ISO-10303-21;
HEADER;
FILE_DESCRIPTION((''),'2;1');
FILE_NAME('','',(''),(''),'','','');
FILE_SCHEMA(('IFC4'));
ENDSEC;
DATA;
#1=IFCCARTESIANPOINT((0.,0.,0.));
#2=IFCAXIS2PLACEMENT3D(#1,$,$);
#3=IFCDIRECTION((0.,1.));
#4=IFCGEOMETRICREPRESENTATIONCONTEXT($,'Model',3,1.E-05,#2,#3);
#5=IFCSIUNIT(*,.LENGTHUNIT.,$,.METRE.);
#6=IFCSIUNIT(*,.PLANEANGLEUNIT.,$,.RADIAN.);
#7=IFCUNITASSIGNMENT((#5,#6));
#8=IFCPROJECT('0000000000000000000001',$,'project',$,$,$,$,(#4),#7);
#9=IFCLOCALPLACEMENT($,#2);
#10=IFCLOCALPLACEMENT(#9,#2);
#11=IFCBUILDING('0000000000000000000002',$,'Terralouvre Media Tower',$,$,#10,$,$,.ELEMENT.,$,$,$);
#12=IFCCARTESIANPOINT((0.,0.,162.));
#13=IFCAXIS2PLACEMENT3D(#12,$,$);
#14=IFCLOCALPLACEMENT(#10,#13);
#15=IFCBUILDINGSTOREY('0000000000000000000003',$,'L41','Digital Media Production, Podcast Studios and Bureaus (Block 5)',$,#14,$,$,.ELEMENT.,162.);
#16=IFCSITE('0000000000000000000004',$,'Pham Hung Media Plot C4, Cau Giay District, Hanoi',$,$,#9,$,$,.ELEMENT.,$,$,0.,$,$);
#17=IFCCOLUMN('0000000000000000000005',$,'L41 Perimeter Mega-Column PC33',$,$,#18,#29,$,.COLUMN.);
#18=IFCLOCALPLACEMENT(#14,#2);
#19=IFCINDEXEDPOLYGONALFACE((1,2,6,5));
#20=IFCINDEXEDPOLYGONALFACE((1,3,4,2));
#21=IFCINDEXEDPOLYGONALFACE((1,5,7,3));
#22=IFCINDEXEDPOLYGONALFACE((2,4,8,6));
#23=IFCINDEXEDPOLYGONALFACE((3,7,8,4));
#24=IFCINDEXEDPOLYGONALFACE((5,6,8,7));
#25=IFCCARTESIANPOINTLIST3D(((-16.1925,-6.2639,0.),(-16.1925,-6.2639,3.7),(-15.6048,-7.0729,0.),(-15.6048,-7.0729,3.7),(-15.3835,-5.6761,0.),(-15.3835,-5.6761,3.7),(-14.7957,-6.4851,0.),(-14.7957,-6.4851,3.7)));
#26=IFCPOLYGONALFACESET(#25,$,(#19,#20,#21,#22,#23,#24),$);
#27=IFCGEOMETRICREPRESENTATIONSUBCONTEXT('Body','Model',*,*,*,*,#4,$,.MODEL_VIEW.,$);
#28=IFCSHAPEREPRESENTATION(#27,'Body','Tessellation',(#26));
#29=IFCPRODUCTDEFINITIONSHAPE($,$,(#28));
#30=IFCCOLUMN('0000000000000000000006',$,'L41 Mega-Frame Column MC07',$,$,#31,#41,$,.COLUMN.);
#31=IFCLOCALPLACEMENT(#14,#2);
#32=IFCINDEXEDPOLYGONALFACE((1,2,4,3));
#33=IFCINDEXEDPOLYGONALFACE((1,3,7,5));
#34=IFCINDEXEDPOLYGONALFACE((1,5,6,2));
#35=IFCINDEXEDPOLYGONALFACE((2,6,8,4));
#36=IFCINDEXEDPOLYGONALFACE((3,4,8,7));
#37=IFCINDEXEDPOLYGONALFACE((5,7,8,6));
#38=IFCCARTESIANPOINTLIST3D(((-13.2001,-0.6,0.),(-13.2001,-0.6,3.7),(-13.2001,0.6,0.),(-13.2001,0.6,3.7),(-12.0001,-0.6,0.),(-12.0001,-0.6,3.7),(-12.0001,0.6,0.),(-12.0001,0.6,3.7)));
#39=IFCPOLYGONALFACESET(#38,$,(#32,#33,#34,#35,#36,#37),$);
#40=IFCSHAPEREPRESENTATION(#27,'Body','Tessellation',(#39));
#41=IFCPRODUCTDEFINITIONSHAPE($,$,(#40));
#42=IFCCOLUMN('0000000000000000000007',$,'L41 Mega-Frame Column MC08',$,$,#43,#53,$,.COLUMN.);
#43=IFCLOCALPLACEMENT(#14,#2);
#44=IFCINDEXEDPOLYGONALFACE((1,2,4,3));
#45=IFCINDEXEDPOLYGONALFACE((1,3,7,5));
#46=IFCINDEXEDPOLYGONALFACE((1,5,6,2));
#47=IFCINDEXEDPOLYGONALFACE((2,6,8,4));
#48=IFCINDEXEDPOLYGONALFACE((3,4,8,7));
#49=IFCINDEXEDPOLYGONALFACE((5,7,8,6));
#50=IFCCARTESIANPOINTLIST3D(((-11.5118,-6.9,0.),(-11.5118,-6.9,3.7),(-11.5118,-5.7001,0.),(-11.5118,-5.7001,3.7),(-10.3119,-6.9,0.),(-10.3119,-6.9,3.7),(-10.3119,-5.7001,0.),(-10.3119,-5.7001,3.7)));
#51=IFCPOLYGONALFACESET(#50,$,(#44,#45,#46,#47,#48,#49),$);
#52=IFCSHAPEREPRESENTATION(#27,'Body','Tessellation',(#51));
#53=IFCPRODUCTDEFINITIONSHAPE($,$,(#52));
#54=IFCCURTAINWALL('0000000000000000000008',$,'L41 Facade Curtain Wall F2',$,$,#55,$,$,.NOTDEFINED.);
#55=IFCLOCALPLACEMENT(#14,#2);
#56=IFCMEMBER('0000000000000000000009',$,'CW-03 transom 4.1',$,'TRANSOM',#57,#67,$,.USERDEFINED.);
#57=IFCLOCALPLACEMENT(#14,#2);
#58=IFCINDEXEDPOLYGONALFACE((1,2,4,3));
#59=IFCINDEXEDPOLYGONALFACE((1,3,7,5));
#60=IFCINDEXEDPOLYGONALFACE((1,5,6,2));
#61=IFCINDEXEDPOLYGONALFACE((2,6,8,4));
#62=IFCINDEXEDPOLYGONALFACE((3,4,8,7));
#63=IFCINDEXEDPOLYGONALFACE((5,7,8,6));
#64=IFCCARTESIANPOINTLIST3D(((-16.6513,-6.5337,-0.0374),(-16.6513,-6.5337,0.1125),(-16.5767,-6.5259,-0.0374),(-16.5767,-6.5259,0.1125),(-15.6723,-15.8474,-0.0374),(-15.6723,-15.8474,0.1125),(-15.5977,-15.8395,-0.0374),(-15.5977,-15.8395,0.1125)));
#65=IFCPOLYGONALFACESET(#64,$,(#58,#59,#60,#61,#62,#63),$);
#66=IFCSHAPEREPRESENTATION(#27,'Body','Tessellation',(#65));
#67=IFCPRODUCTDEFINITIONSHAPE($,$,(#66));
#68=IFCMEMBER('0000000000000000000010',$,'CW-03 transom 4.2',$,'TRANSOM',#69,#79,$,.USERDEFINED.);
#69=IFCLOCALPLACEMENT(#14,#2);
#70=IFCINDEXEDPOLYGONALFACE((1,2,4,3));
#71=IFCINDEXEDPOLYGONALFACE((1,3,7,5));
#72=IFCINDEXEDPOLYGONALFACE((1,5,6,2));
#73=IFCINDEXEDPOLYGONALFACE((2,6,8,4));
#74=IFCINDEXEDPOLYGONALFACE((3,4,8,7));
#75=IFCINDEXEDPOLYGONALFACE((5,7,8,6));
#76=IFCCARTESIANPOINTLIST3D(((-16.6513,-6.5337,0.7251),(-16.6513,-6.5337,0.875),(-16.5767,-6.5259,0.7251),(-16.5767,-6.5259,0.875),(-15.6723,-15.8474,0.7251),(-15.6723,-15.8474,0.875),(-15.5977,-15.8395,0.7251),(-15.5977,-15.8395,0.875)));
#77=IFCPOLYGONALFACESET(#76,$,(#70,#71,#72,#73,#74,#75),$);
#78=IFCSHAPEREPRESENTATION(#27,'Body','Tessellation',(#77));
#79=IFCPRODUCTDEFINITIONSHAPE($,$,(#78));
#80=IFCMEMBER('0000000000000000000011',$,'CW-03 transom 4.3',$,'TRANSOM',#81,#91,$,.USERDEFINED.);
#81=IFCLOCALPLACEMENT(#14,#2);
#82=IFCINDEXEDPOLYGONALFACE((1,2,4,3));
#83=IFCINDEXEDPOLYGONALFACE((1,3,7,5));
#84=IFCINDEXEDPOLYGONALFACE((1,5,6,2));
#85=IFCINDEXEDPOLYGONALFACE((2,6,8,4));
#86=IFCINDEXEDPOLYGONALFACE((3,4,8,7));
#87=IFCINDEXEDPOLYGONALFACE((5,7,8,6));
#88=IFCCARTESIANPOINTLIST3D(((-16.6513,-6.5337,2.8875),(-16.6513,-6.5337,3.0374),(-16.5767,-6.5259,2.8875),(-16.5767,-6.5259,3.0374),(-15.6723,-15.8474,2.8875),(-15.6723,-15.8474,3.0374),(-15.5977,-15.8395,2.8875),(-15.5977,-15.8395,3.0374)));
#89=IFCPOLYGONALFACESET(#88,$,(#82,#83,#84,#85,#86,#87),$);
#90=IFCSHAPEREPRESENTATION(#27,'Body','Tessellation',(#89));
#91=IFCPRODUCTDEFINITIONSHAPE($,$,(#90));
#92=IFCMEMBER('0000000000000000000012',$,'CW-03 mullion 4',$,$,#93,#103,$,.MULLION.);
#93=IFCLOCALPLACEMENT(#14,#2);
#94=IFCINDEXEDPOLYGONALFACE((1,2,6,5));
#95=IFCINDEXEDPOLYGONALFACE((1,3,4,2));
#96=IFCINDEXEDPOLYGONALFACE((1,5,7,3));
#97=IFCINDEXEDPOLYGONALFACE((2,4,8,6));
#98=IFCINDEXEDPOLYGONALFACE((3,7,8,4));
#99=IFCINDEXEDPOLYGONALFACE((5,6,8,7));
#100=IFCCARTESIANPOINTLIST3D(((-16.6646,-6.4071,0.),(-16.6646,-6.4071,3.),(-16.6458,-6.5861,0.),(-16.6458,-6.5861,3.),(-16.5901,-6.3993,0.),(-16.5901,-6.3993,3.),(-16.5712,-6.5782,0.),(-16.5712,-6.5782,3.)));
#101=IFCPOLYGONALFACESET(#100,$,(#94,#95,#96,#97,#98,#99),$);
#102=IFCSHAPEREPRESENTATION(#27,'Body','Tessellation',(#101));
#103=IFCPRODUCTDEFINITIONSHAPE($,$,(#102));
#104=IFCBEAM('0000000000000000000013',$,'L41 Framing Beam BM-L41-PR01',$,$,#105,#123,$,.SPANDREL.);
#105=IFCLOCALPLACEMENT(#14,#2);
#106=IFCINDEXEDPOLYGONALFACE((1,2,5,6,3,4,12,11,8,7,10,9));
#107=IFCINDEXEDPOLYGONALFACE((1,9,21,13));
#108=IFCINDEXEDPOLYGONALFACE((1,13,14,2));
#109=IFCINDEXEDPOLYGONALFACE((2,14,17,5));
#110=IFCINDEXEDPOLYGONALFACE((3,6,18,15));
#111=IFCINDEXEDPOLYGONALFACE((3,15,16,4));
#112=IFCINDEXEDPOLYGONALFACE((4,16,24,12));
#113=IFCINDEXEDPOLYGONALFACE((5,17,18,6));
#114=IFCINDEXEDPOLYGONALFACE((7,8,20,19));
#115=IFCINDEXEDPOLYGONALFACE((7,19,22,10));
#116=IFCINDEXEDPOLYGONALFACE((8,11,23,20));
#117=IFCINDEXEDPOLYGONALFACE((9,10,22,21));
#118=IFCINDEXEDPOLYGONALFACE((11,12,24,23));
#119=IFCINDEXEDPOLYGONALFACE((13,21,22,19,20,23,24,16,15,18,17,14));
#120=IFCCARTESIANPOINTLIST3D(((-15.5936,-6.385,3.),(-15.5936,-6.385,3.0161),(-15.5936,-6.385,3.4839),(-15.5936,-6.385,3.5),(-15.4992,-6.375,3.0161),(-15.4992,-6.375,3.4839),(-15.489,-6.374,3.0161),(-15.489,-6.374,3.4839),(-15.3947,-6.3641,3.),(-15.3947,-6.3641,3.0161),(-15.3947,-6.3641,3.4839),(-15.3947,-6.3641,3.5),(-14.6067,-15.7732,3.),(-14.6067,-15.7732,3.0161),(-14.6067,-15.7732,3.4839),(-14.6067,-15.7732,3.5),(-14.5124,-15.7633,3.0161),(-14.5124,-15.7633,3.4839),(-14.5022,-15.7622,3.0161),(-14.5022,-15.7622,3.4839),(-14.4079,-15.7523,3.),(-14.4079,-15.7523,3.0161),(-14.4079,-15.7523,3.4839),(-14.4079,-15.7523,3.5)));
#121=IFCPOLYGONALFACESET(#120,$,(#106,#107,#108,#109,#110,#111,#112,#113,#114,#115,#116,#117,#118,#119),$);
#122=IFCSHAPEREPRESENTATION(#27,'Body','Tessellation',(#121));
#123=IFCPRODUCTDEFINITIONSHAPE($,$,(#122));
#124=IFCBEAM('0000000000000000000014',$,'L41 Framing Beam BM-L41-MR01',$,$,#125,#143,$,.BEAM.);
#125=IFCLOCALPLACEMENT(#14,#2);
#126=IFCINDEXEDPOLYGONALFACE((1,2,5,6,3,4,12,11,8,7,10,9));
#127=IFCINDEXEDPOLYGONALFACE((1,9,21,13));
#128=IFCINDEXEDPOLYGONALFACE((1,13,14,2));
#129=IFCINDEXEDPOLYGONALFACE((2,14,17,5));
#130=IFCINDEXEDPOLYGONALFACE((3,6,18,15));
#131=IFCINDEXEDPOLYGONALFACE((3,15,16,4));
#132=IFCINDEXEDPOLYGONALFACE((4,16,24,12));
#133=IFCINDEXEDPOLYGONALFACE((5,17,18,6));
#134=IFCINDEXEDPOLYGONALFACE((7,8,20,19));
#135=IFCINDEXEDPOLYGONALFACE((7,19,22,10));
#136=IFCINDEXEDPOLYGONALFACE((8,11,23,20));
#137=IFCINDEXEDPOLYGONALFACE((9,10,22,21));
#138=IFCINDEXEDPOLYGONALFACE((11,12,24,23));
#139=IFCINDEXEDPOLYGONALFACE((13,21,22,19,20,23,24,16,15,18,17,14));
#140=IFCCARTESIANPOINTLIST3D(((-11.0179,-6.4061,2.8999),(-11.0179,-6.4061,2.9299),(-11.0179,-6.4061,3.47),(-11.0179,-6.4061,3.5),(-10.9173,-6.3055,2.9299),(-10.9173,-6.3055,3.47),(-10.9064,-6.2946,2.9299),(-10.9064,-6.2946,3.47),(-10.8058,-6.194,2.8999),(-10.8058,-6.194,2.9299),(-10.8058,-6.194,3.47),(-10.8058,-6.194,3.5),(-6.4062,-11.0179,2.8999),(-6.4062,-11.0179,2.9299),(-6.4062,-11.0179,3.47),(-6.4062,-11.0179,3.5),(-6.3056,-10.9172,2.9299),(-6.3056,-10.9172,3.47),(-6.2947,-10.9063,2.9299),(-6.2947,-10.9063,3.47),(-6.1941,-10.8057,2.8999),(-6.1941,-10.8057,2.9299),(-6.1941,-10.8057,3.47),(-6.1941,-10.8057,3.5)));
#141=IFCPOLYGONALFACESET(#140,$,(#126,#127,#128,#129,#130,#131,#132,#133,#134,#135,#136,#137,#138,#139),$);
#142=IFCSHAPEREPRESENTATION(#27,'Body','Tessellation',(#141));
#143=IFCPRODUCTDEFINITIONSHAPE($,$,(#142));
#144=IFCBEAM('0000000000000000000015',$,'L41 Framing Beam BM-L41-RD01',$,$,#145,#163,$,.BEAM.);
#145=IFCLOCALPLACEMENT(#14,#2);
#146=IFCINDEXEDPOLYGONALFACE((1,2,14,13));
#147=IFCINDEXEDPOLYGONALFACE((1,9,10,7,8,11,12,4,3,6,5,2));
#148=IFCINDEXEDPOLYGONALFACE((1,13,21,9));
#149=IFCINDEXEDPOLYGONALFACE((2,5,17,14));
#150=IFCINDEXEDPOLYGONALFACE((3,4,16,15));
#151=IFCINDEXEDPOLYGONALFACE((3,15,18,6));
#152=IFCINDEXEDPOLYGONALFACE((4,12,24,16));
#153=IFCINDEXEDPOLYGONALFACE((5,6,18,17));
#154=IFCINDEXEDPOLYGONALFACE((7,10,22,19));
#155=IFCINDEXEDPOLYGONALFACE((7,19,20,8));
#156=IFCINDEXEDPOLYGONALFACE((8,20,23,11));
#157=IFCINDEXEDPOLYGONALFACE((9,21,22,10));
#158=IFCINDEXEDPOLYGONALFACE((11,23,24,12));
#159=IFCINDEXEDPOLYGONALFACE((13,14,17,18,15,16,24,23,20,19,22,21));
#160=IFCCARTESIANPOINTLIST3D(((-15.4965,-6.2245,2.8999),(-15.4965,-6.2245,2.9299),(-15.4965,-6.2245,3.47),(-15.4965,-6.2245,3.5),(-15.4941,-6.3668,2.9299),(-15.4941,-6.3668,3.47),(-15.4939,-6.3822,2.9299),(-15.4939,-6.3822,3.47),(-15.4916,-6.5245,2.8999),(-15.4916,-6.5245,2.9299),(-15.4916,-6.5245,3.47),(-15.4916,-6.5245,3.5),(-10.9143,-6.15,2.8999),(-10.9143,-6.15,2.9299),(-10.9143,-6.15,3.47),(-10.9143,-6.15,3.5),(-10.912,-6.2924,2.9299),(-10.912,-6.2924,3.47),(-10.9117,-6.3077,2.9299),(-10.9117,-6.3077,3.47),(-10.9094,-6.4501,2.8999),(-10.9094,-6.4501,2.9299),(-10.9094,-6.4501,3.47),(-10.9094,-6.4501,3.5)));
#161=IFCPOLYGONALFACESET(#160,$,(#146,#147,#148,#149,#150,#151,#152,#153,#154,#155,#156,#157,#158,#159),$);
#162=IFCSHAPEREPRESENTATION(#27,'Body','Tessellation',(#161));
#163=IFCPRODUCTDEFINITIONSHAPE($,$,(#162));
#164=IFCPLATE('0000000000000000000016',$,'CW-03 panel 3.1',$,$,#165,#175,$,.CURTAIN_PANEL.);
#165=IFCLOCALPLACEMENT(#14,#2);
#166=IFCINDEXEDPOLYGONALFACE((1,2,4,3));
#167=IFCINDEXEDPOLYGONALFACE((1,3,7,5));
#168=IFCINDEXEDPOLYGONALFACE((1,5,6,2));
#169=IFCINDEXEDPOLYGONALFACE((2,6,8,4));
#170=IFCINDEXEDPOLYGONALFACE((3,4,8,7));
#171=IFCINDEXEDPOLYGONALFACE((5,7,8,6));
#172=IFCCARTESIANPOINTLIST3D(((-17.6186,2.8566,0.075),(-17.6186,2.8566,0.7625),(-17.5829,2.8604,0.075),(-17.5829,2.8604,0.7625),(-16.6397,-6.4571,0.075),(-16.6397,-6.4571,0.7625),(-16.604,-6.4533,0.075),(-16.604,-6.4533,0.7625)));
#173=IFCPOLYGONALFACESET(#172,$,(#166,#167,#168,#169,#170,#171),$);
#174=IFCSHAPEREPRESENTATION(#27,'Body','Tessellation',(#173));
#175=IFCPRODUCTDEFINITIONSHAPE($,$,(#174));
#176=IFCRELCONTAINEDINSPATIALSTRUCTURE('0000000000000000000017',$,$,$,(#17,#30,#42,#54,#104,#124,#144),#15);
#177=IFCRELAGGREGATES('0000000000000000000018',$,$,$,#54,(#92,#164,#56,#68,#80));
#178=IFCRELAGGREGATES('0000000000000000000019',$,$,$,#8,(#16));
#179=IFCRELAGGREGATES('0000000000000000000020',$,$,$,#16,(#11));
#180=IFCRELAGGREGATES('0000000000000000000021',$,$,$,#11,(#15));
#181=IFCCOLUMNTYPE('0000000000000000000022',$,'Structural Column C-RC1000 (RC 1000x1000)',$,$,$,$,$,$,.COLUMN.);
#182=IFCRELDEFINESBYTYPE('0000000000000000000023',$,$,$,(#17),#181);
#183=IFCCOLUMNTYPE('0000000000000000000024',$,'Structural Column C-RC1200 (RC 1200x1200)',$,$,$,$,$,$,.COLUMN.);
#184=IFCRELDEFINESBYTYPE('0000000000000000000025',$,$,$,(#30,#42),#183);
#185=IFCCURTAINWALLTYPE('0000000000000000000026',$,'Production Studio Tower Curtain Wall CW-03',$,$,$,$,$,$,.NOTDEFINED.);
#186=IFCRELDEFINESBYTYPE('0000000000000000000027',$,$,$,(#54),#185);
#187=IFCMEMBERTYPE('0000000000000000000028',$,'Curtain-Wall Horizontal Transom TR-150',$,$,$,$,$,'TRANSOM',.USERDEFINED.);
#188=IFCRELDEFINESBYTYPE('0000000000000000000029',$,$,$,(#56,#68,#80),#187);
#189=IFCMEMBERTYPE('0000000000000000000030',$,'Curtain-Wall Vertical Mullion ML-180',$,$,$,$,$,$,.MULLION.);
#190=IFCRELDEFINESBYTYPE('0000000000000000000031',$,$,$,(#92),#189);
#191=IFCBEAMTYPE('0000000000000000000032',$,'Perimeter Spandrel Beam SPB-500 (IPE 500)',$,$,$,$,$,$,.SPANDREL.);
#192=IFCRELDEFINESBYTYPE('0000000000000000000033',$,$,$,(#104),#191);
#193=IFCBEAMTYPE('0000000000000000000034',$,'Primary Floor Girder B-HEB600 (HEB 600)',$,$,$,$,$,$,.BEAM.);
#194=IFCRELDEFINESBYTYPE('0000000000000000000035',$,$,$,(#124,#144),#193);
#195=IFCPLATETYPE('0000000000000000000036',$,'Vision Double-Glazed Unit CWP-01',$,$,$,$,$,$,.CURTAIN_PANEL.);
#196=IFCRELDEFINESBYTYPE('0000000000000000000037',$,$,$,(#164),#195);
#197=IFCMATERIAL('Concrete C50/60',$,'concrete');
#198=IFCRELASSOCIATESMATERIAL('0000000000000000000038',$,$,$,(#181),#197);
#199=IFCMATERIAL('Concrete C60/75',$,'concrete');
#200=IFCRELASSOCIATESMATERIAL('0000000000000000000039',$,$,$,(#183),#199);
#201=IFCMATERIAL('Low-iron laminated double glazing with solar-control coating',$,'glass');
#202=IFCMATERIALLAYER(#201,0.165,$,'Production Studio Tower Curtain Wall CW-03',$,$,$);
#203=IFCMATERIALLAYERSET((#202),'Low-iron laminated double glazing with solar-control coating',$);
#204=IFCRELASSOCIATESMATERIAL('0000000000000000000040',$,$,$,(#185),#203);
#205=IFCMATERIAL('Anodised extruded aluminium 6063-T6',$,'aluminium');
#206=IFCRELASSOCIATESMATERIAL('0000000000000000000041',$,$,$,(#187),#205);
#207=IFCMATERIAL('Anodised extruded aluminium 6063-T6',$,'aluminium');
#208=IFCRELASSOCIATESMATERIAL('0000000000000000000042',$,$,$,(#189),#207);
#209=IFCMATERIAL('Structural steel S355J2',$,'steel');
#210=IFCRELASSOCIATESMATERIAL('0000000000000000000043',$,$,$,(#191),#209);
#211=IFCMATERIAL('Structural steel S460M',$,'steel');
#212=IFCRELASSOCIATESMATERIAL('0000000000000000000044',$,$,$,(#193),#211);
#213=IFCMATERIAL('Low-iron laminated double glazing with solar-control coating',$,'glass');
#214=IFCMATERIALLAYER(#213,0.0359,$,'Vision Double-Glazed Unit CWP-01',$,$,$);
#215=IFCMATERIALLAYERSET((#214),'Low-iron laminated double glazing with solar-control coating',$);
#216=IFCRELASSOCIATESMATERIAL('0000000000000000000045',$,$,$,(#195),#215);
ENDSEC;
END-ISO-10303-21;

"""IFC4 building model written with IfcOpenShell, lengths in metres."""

from ifc_helpers import new_model, si_unit, direction, frame, origin, origin_2d, place, context, subcontext, project, spatial, rectangle, i_section, extrude, material, layer, layer_set, material_profile, profile_set, type_object, element, aggregate, save


model = new_model("IFC4")

# Units and contexts
model_context = context("Model", 3, precision=1e-05, world=origin(), true_north=direction((0.0, 1.0)))
body_context = subcontext(model_context, "Body", "Model", "MODEL_VIEW")
ifc_project = project(units=[si_unit("LENGTHUNIT", "METRE"), si_unit("PLANEANGLEUNIT", "RADIAN")], contexts=[model_context])

# Site, building, storey
site_placement = place(None, origin())
site = spatial("IfcSite", under=ifc_project, at=site_placement, Name="Pham Hung Media Plot C4, Cau Giay District, Hanoi", CompositionType="ELEMENT", RefElevation=0.0)
building_placement = place(site_placement, origin())
building = spatial("IfcBuilding", under=site, at=building_placement, Name="Terralouvre Media Tower", CompositionType="ELEMENT")
storey_placement = place(building_placement, frame((0.0, 0.0, 162.0)))
storey = spatial("IfcBuildingStorey", under=building, at=storey_placement, Name="L41", Description="Digital Media Production, Podcast Studios and Bureaus (Block 5)", CompositionType="ELEMENT", Elevation=162.0)

# Columns
ifc_material_1 = material(Name="Concrete C50/60", Category="concrete")
ifc_material_profile_1 = material_profile(ifc_material_1, rectangle(XDim=1.0, YDim=1.0, at=origin_2d()), Name="RC 1000x1000")
ifc_profile_set_1 = profile_set([ifc_material_profile_1], Name="Concrete C50/60")
column_type_1 = type_object("IfcColumnType", Name="Structural Column C-RC1000 (RC 1000x1000)", PredefinedType="COLUMN", material=ifc_profile_set_1)
column_placement = place(storey_placement, frame((-15.4941, -6.3745, 0.0), z_axis=(0.0, 0.0, 1.0), x_axis=(0.809017, 0.587785, 0.0)))
element("IfcColumn", 1, at=column_placement, inside=storey, type_object=column_type_1, Name="L41 Perimeter Mega-Column PC33", PredefinedType="COLUMN", context=body_context, shape_type="SweptSolid", body=[
    extrude(rectangle(XDim=1.0, YDim=1.0, at=origin_2d()), origin(), (0.0, 0.0, 1.0), 3.7),
])
ifc_material_2 = material(Name="Concrete C60/75", Category="concrete")
ifc_material_profile_2 = material_profile(ifc_material_2, rectangle(XDim=1.2, YDim=1.2, at=origin_2d()), Name="RC 1200x1200")
ifc_profile_set_2 = profile_set([ifc_material_profile_2], Name="Concrete C60/75")
column_type_2 = type_object("IfcColumnType", Name="Structural Column C-RC1200 (RC 1200x1200)", PredefinedType="COLUMN", material=ifc_profile_set_2)
for number, where, z_axis, x_axis, name in (
    (2, (-12.6001, 0.0, 0.0), (0.0, 0.0, 1.0), (1.0, 0.0, 0.0), "L41 Mega-Frame Column MC07"),
    (3, (-10.9119, -6.3, 0.0), (0.0, 0.0, 1.0), (1.0, 0.0, 0.0), "L41 Mega-Frame Column MC08"),
):
    element("IfcColumn", number, at=place(storey_placement, frame(where, z_axis=z_axis, x_axis=x_axis)), inside=storey, type_object=column_type_2, Name=name, PredefinedType="COLUMN", context=body_context, shape_type="SweptSolid", body=[
        extrude(rectangle(XDim=1.2, YDim=1.2, at=origin_2d()), origin(), (0.0, 0.0, 1.0), 3.7),
    ])

# Curtain wall, members
ifc_material_3 = material(Name="Low-iron laminated double glazing with solar-control coating", Category="glass")
ifc_layer_1 = layer(ifc_material_3, 0.165, Name="Production Studio Tower Curtain Wall CW-03")
ifc_layer_set_1 = layer_set([ifc_layer_1], Name="Low-iron laminated double glazing with solar-control coating")
curtain_wall_type = type_object("IfcCurtainWallType", Name="Production Studio Tower Curtain Wall CW-03", PredefinedType="NOTDEFINED", material=ifc_layer_set_1)
curtain_wall_placement = place(storey_placement, origin())
curtain_wall = element("IfcCurtainWall", 4, at=curtain_wall_placement, inside=storey, type_object=curtain_wall_type, Name="L41 Facade Curtain Wall F2", PredefinedType="NOTDEFINED")
ifc_material_4 = material(Name="Anodised extruded aluminium 6063-T6", Category="aluminium")
ifc_material_profile_3 = material_profile(ifc_material_4, rectangle(XDim=0.075, YDim=0.1499, at=origin_2d()), Name="ALU 75x150")
ifc_profile_set_3 = profile_set([ifc_material_profile_3], Name="Anodised extruded aluminium 6063-T6")
member_type_1 = type_object("IfcMemberType", Name="Curtain-Wall Horizontal Transom TR-150", ElementType="TRANSOM", PredefinedType="USERDEFINED", material=ifc_profile_set_3)
member_1_placement = place(storey_placement, frame((-16.614, -6.5298, 0.0376), z_axis=(0.104538, -0.994521, 0.0), x_axis=(0.994521, 0.104538, 0.0)))
member_1 = element("IfcMember", 5, at=member_1_placement, type_object=member_type_1, Name="CW-03 transom 4.1", ObjectType="TRANSOM", PredefinedType="USERDEFINED", context=body_context, shape_type="SweptSolid", body=[
    extrude(rectangle(XDim=0.075, YDim=0.1499, at=origin_2d()), origin(), (0.0, 0.0, 1.0), 9.365),
])
member_2_placement = place(storey_placement, frame((-16.614, -6.5298, 0.8), z_axis=(0.104538, -0.994521, 0.0), x_axis=(0.994521, 0.104538, 0.0)))
member_2 = element("IfcMember", 6, at=member_2_placement, type_object=member_type_1, Name="CW-03 transom 4.2", ObjectType="TRANSOM", PredefinedType="USERDEFINED", context=body_context, shape_type="SweptSolid", body=[
    extrude(rectangle(XDim=0.075, YDim=0.1499, at=origin_2d()), origin(), (0.0, 0.0, 1.0), 9.365),
])
member_3_placement = place(storey_placement, frame((-16.614, -6.5298, 2.9624), z_axis=(0.104538, -0.994521, 0.0), x_axis=(0.994521, 0.104538, 0.0)))
member_3 = element("IfcMember", 7, at=member_3_placement, type_object=member_type_1, Name="CW-03 transom 4.3", ObjectType="TRANSOM", PredefinedType="USERDEFINED", context=body_context, shape_type="SweptSolid", body=[
    extrude(rectangle(XDim=0.075, YDim=0.1499, at=origin_2d()), origin(), (0.0, 0.0, 1.0), 9.365),
])
ifc_material_5 = material(Name="Anodised extruded aluminium 6063-T6", Category="aluminium")
ifc_material_profile_4 = material_profile(ifc_material_5, rectangle(XDim=0.075, YDim=0.1799, at=origin_2d()), Name="ALU 75x180")
ifc_profile_set_4 = profile_set([ifc_material_profile_4], Name="Anodised extruded aluminium 6063-T6")
member_type_2 = type_object("IfcMemberType", Name="Curtain-Wall Vertical Mullion ML-180", PredefinedType="MULLION", material=ifc_profile_set_4)
member_4_placement = place(storey_placement, frame((-16.6179, -6.4927, 0.0), z_axis=(0.0, 0.0, 1.0), x_axis=(0.994522, 0.104528, 0.0)))
member_4 = element("IfcMember", 8, at=member_4_placement, type_object=member_type_2, Name="CW-03 mullion 4", PredefinedType="MULLION", context=body_context, shape_type="SweptSolid", body=[
    extrude(rectangle(XDim=0.075, YDim=0.1799, at=origin_2d()), origin(), (0.0, 0.0, 1.0), 3.0),
])

# Beams
ifc_material_6 = material(Name="Structural steel S355J2", Category="steel")
ifc_material_profile_5 = material_profile(ifc_material_6, i_section(OverallWidth=0.2, OverallDepth=0.5, WebThickness=0.0103, FlangeThickness=0.0161, at=origin_2d()), Name="IPE 500")
ifc_profile_set_5 = profile_set([ifc_material_profile_5], Name="Structural steel S355J2")
beam_type_1 = type_object("IfcBeamType", Name="Perimeter Spandrel Beam SPB-500 (IPE 500)", PredefinedType="SPANDREL", material=ifc_profile_set_5)
beam_1_placement = place(storey_placement, frame((-15.4941, -6.3745, 3.25), z_axis=(0.104537, -0.994521, 0.0), x_axis=(0.994521, 0.104537, 0.0)))
element("IfcBeam", 9, at=beam_1_placement, inside=storey, type_object=beam_type_1, Name="L41 Framing Beam BM-L41-PR01", PredefinedType="SPANDREL", context=body_context, shape_type="SweptSolid", body=[
    extrude(i_section(OverallWidth=0.2, OverallDepth=0.5, WebThickness=0.0103, FlangeThickness=0.0161, at=origin_2d()), origin(), (0.0, 0.0, 1.0), 9.4399),
])
ifc_material_7 = material(Name="Structural steel S460M", Category="steel")
ifc_material_profile_6 = material_profile(ifc_material_7, i_section(OverallWidth=0.3, OverallDepth=0.6001, WebThickness=0.0154, FlangeThickness=0.03, at=origin_2d()), Name="HEB 600")
ifc_profile_set_6 = profile_set([ifc_material_profile_6], Name="Structural steel S460M")
beam_type_2 = type_object("IfcBeamType", Name="Primary Floor Girder B-HEB600 (HEB 600)", PredefinedType="BEAM", material=ifc_profile_set_6)
beam_2_placement = place(storey_placement, frame((-10.9119, -6.3, 3.2), z_axis=(0.707107, -0.707107, 0.0), x_axis=(0.707107, 0.707107, 0.0)))
element("IfcBeam", 10, at=beam_2_placement, inside=storey, type_object=beam_type_2, Name="L41 Framing Beam BM-L41-MR01", PredefinedType="BEAM", context=body_context, shape_type="SweptSolid", body=[
    extrude(i_section(OverallWidth=0.3, OverallDepth=0.6001, WebThickness=0.0154, FlangeThickness=0.03, at=origin_2d()), origin(), (0.0, 0.0, 1.0), 6.522),
])
beam_3_placement = place(storey_placement, frame((-10.9119, -6.3, 3.2), z_axis=(-0.999868, -0.016248, 0.0), x_axis=(0.016248, -0.999868, 0.0)))
element("IfcBeam", 11, at=beam_3_placement, inside=storey, type_object=beam_type_2, Name="L41 Framing Beam BM-L41-RD01", PredefinedType="BEAM", context=body_context, shape_type="SweptSolid", body=[
    extrude(i_section(OverallWidth=0.3, OverallDepth=0.6001, WebThickness=0.0154, FlangeThickness=0.03, at=origin_2d()), origin(), (0.0, 0.0, 1.0), 4.5828),
])

# Plate
ifc_material_8 = material(Name="Low-iron laminated double glazing with solar-control coating", Category="glass")
ifc_layer_2 = layer(ifc_material_8, 0.0359, Name="Vision Double-Glazed Unit CWP-01")
ifc_layer_set_2 = layer_set([ifc_layer_2], Name="Low-iron laminated double glazing with solar-control coating")
plate_type = type_object("IfcPlateType", Name="Vision Double-Glazed Unit CWP-01", PredefinedType="CURTAIN_PANEL", material=ifc_layer_set_2)
plate_1_placement = place(storey_placement, frame((-17.1113, -1.7983, 0.075), z_axis=(0.0, 0.0, 1.0), x_axis=(0.104528, -0.994522, 0.0)))
plate_1 = element("IfcPlate", 12, at=plate_1_placement, type_object=plate_type, Name="CW-03 panel 3.1", PredefinedType="CURTAIN_PANEL", context=body_context, shape_type="SweptSolid", body=[
    extrude(rectangle(XDim=9.365, YDim=0.0359, at=origin_2d()), origin(), (0.0, 0.0, 1.0), 0.6875),
])
aggregate(curtain_wall, [member_4, plate_1, member_1, member_2, member_3])

save(model, "model.ifc")
